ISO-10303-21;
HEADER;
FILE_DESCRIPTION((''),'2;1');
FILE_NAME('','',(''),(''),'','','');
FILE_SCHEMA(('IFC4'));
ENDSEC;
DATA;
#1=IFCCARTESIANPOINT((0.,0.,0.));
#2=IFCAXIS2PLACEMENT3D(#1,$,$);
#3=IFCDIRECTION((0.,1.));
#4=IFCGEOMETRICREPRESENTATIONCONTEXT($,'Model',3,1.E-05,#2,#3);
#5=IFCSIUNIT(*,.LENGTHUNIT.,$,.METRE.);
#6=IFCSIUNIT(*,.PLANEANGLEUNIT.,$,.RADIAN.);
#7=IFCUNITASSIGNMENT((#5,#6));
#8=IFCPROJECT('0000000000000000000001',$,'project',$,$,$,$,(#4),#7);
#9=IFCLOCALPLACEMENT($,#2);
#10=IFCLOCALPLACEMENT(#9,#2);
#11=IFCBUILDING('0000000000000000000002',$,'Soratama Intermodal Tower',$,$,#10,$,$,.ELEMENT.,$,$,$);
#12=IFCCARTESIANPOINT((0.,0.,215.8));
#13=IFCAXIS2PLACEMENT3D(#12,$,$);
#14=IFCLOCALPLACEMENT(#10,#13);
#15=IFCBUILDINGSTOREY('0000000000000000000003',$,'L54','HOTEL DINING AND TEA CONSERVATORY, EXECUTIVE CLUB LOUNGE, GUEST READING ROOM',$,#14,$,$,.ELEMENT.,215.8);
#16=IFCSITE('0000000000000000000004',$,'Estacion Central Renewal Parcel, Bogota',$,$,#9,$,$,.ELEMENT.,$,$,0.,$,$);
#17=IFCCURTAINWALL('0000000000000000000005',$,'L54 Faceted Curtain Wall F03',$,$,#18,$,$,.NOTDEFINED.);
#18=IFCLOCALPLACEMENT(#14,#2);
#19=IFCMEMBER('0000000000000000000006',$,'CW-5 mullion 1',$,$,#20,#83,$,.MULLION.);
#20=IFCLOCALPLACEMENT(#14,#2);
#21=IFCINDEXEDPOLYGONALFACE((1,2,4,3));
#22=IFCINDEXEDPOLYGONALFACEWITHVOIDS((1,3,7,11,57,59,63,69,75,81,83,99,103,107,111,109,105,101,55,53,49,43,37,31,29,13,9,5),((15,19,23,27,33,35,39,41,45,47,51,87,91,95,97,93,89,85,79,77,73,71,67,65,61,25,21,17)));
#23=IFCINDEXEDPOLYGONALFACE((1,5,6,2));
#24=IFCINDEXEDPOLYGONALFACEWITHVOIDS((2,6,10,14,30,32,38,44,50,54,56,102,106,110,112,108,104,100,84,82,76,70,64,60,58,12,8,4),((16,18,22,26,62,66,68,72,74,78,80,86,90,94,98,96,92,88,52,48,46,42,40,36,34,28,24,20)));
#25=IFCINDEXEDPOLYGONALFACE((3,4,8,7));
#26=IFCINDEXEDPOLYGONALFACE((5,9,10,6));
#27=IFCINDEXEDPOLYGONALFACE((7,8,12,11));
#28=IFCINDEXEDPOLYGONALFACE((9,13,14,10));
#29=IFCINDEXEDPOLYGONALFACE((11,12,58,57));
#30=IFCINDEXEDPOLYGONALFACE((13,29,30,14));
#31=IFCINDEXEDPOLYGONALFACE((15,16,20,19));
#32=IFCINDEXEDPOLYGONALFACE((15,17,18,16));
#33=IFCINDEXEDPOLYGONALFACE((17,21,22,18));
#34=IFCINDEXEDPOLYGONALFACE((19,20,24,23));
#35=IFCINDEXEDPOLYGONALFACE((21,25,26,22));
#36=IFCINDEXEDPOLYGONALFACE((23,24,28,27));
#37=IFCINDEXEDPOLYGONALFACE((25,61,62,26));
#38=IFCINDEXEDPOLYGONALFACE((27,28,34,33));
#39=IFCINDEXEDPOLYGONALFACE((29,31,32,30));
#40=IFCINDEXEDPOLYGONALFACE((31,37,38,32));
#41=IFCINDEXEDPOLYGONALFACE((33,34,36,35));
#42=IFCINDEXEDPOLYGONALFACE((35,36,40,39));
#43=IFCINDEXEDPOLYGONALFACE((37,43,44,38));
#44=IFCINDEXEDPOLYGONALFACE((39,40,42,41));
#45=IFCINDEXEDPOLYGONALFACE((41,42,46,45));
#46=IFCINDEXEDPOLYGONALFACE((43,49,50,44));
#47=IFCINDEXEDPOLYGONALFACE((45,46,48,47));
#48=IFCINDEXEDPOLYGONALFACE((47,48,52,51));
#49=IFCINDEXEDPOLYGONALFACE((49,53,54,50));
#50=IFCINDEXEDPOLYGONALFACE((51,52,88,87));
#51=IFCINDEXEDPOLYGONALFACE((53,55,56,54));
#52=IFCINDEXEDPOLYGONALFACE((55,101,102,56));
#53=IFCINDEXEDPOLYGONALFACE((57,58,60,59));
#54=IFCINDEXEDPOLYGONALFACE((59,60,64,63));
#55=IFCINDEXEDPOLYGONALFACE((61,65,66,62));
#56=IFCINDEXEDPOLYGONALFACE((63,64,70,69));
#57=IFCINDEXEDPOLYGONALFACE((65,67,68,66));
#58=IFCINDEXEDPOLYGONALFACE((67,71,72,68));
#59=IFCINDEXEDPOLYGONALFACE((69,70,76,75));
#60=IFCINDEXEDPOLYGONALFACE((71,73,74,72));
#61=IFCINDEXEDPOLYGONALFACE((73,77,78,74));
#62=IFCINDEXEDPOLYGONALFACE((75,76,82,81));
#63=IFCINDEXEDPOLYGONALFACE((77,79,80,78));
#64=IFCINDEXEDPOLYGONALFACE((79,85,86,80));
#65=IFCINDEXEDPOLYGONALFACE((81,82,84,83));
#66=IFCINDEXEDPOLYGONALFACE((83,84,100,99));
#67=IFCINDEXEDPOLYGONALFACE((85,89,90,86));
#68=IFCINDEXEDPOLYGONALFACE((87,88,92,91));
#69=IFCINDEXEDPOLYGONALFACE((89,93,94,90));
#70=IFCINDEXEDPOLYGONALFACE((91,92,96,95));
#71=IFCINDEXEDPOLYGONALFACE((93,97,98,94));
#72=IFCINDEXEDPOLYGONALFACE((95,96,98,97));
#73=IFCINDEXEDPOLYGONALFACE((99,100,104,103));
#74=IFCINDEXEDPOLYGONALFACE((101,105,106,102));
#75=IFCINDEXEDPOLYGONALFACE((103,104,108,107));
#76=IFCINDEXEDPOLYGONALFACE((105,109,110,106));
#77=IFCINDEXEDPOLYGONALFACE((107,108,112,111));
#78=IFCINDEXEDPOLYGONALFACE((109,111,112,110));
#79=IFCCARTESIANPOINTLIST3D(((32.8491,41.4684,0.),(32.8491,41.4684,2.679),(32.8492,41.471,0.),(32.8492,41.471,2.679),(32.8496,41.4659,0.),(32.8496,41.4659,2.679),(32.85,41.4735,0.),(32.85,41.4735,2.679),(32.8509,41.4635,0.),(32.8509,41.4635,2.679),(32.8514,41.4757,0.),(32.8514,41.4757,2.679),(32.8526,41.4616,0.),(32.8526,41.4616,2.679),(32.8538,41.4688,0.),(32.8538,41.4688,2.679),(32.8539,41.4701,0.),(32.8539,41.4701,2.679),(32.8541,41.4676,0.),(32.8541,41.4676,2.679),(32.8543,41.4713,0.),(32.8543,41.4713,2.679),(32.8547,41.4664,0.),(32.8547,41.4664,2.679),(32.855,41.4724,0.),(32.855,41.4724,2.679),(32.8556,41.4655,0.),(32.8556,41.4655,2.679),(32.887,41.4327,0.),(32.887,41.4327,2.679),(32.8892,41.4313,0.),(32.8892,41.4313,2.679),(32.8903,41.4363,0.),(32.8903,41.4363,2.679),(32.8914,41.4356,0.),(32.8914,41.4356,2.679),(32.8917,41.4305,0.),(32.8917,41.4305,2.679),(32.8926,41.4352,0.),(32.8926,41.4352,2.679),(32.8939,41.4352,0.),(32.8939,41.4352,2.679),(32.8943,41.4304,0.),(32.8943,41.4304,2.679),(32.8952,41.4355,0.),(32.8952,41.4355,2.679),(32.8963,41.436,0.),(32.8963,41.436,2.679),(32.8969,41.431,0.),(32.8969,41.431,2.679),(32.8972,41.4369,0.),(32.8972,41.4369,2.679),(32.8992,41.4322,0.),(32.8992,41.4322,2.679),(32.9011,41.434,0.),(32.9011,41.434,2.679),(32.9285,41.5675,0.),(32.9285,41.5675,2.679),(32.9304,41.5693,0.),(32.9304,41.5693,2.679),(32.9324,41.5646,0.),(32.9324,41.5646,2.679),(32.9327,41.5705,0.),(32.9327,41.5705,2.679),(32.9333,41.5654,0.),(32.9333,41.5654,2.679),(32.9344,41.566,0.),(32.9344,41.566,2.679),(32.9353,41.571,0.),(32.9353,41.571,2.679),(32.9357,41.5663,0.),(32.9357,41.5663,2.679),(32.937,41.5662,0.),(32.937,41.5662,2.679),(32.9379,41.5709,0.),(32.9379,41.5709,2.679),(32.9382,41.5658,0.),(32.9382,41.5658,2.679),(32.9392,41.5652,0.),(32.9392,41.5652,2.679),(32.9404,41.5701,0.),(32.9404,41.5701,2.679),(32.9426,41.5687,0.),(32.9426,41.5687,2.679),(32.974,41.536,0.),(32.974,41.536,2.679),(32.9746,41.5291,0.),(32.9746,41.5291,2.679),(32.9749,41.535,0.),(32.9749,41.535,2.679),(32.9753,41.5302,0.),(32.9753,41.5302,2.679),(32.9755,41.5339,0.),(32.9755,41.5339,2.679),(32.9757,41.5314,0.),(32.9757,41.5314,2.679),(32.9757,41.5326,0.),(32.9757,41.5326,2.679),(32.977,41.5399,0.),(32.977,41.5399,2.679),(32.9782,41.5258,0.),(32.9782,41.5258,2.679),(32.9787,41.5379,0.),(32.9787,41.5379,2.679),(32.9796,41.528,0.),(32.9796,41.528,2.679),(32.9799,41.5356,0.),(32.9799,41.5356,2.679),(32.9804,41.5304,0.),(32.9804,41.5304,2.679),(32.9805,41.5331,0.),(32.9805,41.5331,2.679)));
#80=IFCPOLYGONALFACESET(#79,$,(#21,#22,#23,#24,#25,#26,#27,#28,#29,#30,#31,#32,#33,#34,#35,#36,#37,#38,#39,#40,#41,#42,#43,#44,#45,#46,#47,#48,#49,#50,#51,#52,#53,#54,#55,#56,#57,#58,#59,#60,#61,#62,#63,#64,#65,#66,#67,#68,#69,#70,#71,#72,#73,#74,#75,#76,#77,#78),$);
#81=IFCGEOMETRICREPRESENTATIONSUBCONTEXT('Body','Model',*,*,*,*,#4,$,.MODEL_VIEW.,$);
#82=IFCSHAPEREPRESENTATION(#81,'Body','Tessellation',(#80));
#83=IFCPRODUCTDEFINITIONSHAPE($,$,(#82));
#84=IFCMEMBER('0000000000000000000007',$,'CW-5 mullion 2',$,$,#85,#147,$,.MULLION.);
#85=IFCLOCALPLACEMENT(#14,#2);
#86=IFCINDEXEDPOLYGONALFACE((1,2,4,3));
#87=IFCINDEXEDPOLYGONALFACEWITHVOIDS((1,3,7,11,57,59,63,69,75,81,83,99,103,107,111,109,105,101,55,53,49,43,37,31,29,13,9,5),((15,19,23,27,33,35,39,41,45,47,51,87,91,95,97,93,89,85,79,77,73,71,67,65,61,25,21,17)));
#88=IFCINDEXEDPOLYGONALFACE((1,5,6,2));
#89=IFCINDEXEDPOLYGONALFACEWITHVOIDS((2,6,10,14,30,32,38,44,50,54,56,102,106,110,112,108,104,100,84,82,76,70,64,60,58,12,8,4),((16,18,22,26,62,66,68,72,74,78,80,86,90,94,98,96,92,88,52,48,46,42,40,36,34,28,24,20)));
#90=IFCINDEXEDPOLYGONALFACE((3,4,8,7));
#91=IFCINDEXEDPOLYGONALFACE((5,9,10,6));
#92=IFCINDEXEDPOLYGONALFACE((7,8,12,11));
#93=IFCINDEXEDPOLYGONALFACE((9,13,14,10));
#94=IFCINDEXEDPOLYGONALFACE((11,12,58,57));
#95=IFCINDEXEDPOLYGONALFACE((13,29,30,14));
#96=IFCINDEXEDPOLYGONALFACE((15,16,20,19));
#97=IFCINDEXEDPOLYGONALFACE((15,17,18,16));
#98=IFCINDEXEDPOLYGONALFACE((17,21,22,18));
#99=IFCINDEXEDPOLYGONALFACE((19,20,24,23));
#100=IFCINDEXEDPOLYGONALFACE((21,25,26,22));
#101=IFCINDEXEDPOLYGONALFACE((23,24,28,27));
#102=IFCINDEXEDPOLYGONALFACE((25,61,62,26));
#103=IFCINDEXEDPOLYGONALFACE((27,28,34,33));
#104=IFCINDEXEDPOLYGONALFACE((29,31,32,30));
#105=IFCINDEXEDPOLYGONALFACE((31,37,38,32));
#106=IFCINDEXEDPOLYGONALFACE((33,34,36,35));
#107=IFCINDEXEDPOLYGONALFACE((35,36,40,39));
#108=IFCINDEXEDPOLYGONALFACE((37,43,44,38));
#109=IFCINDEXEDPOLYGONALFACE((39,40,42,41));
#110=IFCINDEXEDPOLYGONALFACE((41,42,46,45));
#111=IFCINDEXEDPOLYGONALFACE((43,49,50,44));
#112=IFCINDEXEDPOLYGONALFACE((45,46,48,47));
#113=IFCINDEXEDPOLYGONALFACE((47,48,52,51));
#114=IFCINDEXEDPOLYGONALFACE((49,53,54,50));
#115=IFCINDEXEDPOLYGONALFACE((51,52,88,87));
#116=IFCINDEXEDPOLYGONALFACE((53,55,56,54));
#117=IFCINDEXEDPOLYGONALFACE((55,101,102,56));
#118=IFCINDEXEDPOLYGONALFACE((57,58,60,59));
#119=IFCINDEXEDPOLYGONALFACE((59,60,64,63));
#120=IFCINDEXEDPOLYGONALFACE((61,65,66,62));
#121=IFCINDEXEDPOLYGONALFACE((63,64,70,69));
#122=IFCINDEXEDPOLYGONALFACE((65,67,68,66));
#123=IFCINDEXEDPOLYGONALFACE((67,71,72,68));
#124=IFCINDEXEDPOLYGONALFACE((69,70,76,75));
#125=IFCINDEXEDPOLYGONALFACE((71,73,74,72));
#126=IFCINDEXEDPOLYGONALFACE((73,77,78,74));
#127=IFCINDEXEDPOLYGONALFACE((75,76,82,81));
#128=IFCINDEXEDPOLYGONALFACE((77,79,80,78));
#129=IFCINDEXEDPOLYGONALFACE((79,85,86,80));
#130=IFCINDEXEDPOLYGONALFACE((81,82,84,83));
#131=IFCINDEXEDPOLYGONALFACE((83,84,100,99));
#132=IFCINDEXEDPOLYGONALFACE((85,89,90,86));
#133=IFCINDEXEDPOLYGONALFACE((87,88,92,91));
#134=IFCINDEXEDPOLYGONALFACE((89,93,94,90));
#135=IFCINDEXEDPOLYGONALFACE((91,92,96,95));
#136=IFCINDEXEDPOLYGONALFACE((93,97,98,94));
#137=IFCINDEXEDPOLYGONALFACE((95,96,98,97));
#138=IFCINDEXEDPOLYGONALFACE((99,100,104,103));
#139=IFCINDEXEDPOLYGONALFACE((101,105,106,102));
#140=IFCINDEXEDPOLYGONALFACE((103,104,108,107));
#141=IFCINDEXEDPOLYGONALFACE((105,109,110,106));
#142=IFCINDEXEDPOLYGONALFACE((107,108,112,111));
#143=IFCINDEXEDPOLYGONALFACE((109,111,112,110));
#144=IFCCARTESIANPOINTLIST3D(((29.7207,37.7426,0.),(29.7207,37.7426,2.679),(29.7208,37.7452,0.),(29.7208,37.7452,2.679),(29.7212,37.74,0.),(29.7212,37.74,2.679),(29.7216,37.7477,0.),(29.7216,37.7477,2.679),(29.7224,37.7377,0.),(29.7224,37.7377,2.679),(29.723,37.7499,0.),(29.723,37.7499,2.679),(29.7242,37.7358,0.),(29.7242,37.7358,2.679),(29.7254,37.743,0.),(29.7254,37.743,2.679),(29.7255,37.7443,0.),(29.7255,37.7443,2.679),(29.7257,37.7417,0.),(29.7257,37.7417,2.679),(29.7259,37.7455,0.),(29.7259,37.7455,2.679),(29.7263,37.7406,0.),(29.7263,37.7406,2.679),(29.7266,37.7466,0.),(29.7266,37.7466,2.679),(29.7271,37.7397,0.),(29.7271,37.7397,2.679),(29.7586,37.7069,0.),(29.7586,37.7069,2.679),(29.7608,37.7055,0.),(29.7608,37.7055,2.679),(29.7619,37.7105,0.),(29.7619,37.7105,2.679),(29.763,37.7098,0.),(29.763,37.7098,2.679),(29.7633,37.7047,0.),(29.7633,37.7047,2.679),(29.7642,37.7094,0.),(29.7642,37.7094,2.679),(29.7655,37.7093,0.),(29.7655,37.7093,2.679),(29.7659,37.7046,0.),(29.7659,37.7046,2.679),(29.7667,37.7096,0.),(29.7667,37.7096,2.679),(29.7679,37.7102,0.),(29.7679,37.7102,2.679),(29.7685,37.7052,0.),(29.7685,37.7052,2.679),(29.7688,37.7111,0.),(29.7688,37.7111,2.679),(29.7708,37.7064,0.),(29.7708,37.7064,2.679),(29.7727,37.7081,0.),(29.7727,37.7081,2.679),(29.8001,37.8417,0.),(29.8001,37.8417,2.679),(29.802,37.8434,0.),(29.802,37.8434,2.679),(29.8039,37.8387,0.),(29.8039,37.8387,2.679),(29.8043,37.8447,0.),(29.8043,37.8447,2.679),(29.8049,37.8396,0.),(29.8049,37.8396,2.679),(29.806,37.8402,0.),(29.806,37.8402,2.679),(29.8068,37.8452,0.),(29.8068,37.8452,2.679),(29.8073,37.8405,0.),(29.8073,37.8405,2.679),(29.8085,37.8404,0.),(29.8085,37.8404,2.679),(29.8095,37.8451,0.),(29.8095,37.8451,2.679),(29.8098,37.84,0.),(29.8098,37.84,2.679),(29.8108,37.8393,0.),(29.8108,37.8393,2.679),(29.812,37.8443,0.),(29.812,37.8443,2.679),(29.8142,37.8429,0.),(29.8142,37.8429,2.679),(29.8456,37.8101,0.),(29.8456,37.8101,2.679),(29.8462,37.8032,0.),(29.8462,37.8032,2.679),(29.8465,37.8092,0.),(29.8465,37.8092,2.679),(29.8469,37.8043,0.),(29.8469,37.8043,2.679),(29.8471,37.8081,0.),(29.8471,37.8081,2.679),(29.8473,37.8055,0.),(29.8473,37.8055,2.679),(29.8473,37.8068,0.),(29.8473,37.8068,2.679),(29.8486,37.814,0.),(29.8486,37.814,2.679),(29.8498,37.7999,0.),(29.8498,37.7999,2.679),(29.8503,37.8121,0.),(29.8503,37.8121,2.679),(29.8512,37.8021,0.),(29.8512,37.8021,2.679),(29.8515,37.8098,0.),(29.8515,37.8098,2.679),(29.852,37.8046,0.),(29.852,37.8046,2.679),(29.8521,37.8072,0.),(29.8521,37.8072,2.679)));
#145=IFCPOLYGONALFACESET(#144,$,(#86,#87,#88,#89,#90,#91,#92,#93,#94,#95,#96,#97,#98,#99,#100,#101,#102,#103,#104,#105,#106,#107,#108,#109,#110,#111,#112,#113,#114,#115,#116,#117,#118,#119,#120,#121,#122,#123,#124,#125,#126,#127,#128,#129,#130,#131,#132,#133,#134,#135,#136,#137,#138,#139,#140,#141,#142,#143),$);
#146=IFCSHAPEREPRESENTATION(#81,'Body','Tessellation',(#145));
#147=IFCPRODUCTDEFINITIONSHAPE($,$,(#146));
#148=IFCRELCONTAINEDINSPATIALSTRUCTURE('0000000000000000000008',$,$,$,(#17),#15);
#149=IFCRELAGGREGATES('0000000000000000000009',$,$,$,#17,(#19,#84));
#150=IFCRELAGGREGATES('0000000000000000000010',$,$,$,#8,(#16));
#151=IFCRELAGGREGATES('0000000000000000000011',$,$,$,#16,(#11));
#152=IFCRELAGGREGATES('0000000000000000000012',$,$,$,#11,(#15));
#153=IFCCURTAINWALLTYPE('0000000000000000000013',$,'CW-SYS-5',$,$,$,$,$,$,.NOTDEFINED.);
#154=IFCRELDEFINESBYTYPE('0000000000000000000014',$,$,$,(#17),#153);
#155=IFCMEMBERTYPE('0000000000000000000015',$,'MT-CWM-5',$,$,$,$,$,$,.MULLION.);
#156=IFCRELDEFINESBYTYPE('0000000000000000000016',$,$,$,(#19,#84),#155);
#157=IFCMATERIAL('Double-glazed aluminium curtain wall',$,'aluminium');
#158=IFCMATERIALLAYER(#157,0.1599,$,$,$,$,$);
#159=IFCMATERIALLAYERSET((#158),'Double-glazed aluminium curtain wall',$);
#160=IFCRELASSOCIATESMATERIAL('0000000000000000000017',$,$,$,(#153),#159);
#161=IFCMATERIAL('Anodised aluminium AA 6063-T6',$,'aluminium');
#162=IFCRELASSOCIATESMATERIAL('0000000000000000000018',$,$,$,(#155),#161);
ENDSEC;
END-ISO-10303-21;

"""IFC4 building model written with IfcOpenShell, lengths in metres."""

from ifc_helpers import new_model, si_unit, direction, frame, origin, origin_2d, place, context, subcontext, project, spatial, hollow_rectangle, extrude, material, layer, layer_set, material_profile, profile_set, type_object, element, aggregate, save


model = new_model("IFC4")

# Units and contexts
model_context = context("Model", 3, precision=1e-05, world=origin(), true_north=direction((0.0, 1.0)))
body_context = subcontext(model_context, "Body", "Model", "MODEL_VIEW")
ifc_project = project(units=[si_unit("LENGTHUNIT", "METRE"), si_unit("PLANEANGLEUNIT", "RADIAN")], contexts=[model_context])

# Site, building, storey
site_placement = place(None, origin())
site = spatial("IfcSite", under=ifc_project, at=site_placement, Name="Estacion Central Renewal Parcel, Bogota", CompositionType="ELEMENT", RefElevation=0.0)
building_placement = place(site_placement, origin())
building = spatial("IfcBuilding", under=site, at=building_placement, Name="Soratama Intermodal Tower", CompositionType="ELEMENT")
storey_placement = place(building_placement, frame((0.0, 0.0, 215.8)))
storey = spatial("IfcBuildingStorey", under=building, at=storey_placement, Name="L54", Description="HOTEL DINING AND TEA CONSERVATORY, EXECUTIVE CLUB LOUNGE, GUEST READING ROOM", CompositionType="ELEMENT", Elevation=215.8)

# Curtain wall, members
ifc_material_1 = material(Name="Double-glazed aluminium curtain wall", Category="aluminium")
ifc_layer_1 = layer(ifc_material_1, 0.1599)
ifc_layer_set_1 = layer_set([ifc_layer_1], Name="Double-glazed aluminium curtain wall")
curtain_wall_type = type_object("IfcCurtainWallType", Name="CW-SYS-5", PredefinedType="NOTDEFINED", material=ifc_layer_set_1)
curtain_wall_placement = place(storey_placement, origin())
curtain_wall = element("IfcCurtainWall", 1, at=curtain_wall_placement, inside=storey, type_object=curtain_wall_type, Name="L54 Faceted Curtain Wall F03", PredefinedType="NOTDEFINED")
ifc_material_2 = material(Name="Anodised aluminium AA 6063-T6", Category="aluminium")
ifc_material_profile_1 = material_profile(ifc_material_2, hollow_rectangle(XDim=0.0649, YDim=0.1399, WallThickness=0.0049, InnerFilletRadius=0.0049, OuterFilletRadius=0.01, at=origin_2d()), Name="CWM140X65X5")
ifc_profile_set_1 = profile_set([ifc_material_profile_1], Name="Anodised aluminium AA 6063-T6")
member_type_1 = type_object("IfcMemberType", Name="MT-CWM-5", PredefinedType="MULLION", material=ifc_profile_set_1)
member_1_placement = place(storey_placement, frame((32.9148, 41.5007, 0.0), z_axis=(0.0, 0.0, 1.0), x_axis=(0.765823, -0.643051, 0.0)))
member_1 = element("IfcMember", 2, at=member_1_placement, type_object=member_type_1, Name="CW-5 mullion 1", PredefinedType="MULLION", context=body_context, shape_type="SweptSolid", body=[
    extrude(hollow_rectangle(XDim=0.0649, YDim=0.1399, WallThickness=0.0049, InnerFilletRadius=0.0049, OuterFilletRadius=0.01, at=origin_2d()), origin(), (0.0, 0.0, 1.0), 2.679),
])
member_2_placement = place(storey_placement, frame((29.7864, 37.7749, 0.0), z_axis=(0.0, 0.0, 1.0), x_axis=(0.765823, -0.643051, 0.0)))
member_2 = element("IfcMember", 3, at=member_2_placement, type_object=member_type_1, Name="CW-5 mullion 2", PredefinedType="MULLION", context=body_context, shape_type="SweptSolid", body=[
    extrude(hollow_rectangle(XDim=0.0649, YDim=0.1399, WallThickness=0.0049, InnerFilletRadius=0.0049, OuterFilletRadius=0.01, at=origin_2d()), origin(), (0.0, 0.0, 1.0), 2.679),
])
aggregate(curtain_wall, [member_1, member_2])

save(model, "model.ifc")
